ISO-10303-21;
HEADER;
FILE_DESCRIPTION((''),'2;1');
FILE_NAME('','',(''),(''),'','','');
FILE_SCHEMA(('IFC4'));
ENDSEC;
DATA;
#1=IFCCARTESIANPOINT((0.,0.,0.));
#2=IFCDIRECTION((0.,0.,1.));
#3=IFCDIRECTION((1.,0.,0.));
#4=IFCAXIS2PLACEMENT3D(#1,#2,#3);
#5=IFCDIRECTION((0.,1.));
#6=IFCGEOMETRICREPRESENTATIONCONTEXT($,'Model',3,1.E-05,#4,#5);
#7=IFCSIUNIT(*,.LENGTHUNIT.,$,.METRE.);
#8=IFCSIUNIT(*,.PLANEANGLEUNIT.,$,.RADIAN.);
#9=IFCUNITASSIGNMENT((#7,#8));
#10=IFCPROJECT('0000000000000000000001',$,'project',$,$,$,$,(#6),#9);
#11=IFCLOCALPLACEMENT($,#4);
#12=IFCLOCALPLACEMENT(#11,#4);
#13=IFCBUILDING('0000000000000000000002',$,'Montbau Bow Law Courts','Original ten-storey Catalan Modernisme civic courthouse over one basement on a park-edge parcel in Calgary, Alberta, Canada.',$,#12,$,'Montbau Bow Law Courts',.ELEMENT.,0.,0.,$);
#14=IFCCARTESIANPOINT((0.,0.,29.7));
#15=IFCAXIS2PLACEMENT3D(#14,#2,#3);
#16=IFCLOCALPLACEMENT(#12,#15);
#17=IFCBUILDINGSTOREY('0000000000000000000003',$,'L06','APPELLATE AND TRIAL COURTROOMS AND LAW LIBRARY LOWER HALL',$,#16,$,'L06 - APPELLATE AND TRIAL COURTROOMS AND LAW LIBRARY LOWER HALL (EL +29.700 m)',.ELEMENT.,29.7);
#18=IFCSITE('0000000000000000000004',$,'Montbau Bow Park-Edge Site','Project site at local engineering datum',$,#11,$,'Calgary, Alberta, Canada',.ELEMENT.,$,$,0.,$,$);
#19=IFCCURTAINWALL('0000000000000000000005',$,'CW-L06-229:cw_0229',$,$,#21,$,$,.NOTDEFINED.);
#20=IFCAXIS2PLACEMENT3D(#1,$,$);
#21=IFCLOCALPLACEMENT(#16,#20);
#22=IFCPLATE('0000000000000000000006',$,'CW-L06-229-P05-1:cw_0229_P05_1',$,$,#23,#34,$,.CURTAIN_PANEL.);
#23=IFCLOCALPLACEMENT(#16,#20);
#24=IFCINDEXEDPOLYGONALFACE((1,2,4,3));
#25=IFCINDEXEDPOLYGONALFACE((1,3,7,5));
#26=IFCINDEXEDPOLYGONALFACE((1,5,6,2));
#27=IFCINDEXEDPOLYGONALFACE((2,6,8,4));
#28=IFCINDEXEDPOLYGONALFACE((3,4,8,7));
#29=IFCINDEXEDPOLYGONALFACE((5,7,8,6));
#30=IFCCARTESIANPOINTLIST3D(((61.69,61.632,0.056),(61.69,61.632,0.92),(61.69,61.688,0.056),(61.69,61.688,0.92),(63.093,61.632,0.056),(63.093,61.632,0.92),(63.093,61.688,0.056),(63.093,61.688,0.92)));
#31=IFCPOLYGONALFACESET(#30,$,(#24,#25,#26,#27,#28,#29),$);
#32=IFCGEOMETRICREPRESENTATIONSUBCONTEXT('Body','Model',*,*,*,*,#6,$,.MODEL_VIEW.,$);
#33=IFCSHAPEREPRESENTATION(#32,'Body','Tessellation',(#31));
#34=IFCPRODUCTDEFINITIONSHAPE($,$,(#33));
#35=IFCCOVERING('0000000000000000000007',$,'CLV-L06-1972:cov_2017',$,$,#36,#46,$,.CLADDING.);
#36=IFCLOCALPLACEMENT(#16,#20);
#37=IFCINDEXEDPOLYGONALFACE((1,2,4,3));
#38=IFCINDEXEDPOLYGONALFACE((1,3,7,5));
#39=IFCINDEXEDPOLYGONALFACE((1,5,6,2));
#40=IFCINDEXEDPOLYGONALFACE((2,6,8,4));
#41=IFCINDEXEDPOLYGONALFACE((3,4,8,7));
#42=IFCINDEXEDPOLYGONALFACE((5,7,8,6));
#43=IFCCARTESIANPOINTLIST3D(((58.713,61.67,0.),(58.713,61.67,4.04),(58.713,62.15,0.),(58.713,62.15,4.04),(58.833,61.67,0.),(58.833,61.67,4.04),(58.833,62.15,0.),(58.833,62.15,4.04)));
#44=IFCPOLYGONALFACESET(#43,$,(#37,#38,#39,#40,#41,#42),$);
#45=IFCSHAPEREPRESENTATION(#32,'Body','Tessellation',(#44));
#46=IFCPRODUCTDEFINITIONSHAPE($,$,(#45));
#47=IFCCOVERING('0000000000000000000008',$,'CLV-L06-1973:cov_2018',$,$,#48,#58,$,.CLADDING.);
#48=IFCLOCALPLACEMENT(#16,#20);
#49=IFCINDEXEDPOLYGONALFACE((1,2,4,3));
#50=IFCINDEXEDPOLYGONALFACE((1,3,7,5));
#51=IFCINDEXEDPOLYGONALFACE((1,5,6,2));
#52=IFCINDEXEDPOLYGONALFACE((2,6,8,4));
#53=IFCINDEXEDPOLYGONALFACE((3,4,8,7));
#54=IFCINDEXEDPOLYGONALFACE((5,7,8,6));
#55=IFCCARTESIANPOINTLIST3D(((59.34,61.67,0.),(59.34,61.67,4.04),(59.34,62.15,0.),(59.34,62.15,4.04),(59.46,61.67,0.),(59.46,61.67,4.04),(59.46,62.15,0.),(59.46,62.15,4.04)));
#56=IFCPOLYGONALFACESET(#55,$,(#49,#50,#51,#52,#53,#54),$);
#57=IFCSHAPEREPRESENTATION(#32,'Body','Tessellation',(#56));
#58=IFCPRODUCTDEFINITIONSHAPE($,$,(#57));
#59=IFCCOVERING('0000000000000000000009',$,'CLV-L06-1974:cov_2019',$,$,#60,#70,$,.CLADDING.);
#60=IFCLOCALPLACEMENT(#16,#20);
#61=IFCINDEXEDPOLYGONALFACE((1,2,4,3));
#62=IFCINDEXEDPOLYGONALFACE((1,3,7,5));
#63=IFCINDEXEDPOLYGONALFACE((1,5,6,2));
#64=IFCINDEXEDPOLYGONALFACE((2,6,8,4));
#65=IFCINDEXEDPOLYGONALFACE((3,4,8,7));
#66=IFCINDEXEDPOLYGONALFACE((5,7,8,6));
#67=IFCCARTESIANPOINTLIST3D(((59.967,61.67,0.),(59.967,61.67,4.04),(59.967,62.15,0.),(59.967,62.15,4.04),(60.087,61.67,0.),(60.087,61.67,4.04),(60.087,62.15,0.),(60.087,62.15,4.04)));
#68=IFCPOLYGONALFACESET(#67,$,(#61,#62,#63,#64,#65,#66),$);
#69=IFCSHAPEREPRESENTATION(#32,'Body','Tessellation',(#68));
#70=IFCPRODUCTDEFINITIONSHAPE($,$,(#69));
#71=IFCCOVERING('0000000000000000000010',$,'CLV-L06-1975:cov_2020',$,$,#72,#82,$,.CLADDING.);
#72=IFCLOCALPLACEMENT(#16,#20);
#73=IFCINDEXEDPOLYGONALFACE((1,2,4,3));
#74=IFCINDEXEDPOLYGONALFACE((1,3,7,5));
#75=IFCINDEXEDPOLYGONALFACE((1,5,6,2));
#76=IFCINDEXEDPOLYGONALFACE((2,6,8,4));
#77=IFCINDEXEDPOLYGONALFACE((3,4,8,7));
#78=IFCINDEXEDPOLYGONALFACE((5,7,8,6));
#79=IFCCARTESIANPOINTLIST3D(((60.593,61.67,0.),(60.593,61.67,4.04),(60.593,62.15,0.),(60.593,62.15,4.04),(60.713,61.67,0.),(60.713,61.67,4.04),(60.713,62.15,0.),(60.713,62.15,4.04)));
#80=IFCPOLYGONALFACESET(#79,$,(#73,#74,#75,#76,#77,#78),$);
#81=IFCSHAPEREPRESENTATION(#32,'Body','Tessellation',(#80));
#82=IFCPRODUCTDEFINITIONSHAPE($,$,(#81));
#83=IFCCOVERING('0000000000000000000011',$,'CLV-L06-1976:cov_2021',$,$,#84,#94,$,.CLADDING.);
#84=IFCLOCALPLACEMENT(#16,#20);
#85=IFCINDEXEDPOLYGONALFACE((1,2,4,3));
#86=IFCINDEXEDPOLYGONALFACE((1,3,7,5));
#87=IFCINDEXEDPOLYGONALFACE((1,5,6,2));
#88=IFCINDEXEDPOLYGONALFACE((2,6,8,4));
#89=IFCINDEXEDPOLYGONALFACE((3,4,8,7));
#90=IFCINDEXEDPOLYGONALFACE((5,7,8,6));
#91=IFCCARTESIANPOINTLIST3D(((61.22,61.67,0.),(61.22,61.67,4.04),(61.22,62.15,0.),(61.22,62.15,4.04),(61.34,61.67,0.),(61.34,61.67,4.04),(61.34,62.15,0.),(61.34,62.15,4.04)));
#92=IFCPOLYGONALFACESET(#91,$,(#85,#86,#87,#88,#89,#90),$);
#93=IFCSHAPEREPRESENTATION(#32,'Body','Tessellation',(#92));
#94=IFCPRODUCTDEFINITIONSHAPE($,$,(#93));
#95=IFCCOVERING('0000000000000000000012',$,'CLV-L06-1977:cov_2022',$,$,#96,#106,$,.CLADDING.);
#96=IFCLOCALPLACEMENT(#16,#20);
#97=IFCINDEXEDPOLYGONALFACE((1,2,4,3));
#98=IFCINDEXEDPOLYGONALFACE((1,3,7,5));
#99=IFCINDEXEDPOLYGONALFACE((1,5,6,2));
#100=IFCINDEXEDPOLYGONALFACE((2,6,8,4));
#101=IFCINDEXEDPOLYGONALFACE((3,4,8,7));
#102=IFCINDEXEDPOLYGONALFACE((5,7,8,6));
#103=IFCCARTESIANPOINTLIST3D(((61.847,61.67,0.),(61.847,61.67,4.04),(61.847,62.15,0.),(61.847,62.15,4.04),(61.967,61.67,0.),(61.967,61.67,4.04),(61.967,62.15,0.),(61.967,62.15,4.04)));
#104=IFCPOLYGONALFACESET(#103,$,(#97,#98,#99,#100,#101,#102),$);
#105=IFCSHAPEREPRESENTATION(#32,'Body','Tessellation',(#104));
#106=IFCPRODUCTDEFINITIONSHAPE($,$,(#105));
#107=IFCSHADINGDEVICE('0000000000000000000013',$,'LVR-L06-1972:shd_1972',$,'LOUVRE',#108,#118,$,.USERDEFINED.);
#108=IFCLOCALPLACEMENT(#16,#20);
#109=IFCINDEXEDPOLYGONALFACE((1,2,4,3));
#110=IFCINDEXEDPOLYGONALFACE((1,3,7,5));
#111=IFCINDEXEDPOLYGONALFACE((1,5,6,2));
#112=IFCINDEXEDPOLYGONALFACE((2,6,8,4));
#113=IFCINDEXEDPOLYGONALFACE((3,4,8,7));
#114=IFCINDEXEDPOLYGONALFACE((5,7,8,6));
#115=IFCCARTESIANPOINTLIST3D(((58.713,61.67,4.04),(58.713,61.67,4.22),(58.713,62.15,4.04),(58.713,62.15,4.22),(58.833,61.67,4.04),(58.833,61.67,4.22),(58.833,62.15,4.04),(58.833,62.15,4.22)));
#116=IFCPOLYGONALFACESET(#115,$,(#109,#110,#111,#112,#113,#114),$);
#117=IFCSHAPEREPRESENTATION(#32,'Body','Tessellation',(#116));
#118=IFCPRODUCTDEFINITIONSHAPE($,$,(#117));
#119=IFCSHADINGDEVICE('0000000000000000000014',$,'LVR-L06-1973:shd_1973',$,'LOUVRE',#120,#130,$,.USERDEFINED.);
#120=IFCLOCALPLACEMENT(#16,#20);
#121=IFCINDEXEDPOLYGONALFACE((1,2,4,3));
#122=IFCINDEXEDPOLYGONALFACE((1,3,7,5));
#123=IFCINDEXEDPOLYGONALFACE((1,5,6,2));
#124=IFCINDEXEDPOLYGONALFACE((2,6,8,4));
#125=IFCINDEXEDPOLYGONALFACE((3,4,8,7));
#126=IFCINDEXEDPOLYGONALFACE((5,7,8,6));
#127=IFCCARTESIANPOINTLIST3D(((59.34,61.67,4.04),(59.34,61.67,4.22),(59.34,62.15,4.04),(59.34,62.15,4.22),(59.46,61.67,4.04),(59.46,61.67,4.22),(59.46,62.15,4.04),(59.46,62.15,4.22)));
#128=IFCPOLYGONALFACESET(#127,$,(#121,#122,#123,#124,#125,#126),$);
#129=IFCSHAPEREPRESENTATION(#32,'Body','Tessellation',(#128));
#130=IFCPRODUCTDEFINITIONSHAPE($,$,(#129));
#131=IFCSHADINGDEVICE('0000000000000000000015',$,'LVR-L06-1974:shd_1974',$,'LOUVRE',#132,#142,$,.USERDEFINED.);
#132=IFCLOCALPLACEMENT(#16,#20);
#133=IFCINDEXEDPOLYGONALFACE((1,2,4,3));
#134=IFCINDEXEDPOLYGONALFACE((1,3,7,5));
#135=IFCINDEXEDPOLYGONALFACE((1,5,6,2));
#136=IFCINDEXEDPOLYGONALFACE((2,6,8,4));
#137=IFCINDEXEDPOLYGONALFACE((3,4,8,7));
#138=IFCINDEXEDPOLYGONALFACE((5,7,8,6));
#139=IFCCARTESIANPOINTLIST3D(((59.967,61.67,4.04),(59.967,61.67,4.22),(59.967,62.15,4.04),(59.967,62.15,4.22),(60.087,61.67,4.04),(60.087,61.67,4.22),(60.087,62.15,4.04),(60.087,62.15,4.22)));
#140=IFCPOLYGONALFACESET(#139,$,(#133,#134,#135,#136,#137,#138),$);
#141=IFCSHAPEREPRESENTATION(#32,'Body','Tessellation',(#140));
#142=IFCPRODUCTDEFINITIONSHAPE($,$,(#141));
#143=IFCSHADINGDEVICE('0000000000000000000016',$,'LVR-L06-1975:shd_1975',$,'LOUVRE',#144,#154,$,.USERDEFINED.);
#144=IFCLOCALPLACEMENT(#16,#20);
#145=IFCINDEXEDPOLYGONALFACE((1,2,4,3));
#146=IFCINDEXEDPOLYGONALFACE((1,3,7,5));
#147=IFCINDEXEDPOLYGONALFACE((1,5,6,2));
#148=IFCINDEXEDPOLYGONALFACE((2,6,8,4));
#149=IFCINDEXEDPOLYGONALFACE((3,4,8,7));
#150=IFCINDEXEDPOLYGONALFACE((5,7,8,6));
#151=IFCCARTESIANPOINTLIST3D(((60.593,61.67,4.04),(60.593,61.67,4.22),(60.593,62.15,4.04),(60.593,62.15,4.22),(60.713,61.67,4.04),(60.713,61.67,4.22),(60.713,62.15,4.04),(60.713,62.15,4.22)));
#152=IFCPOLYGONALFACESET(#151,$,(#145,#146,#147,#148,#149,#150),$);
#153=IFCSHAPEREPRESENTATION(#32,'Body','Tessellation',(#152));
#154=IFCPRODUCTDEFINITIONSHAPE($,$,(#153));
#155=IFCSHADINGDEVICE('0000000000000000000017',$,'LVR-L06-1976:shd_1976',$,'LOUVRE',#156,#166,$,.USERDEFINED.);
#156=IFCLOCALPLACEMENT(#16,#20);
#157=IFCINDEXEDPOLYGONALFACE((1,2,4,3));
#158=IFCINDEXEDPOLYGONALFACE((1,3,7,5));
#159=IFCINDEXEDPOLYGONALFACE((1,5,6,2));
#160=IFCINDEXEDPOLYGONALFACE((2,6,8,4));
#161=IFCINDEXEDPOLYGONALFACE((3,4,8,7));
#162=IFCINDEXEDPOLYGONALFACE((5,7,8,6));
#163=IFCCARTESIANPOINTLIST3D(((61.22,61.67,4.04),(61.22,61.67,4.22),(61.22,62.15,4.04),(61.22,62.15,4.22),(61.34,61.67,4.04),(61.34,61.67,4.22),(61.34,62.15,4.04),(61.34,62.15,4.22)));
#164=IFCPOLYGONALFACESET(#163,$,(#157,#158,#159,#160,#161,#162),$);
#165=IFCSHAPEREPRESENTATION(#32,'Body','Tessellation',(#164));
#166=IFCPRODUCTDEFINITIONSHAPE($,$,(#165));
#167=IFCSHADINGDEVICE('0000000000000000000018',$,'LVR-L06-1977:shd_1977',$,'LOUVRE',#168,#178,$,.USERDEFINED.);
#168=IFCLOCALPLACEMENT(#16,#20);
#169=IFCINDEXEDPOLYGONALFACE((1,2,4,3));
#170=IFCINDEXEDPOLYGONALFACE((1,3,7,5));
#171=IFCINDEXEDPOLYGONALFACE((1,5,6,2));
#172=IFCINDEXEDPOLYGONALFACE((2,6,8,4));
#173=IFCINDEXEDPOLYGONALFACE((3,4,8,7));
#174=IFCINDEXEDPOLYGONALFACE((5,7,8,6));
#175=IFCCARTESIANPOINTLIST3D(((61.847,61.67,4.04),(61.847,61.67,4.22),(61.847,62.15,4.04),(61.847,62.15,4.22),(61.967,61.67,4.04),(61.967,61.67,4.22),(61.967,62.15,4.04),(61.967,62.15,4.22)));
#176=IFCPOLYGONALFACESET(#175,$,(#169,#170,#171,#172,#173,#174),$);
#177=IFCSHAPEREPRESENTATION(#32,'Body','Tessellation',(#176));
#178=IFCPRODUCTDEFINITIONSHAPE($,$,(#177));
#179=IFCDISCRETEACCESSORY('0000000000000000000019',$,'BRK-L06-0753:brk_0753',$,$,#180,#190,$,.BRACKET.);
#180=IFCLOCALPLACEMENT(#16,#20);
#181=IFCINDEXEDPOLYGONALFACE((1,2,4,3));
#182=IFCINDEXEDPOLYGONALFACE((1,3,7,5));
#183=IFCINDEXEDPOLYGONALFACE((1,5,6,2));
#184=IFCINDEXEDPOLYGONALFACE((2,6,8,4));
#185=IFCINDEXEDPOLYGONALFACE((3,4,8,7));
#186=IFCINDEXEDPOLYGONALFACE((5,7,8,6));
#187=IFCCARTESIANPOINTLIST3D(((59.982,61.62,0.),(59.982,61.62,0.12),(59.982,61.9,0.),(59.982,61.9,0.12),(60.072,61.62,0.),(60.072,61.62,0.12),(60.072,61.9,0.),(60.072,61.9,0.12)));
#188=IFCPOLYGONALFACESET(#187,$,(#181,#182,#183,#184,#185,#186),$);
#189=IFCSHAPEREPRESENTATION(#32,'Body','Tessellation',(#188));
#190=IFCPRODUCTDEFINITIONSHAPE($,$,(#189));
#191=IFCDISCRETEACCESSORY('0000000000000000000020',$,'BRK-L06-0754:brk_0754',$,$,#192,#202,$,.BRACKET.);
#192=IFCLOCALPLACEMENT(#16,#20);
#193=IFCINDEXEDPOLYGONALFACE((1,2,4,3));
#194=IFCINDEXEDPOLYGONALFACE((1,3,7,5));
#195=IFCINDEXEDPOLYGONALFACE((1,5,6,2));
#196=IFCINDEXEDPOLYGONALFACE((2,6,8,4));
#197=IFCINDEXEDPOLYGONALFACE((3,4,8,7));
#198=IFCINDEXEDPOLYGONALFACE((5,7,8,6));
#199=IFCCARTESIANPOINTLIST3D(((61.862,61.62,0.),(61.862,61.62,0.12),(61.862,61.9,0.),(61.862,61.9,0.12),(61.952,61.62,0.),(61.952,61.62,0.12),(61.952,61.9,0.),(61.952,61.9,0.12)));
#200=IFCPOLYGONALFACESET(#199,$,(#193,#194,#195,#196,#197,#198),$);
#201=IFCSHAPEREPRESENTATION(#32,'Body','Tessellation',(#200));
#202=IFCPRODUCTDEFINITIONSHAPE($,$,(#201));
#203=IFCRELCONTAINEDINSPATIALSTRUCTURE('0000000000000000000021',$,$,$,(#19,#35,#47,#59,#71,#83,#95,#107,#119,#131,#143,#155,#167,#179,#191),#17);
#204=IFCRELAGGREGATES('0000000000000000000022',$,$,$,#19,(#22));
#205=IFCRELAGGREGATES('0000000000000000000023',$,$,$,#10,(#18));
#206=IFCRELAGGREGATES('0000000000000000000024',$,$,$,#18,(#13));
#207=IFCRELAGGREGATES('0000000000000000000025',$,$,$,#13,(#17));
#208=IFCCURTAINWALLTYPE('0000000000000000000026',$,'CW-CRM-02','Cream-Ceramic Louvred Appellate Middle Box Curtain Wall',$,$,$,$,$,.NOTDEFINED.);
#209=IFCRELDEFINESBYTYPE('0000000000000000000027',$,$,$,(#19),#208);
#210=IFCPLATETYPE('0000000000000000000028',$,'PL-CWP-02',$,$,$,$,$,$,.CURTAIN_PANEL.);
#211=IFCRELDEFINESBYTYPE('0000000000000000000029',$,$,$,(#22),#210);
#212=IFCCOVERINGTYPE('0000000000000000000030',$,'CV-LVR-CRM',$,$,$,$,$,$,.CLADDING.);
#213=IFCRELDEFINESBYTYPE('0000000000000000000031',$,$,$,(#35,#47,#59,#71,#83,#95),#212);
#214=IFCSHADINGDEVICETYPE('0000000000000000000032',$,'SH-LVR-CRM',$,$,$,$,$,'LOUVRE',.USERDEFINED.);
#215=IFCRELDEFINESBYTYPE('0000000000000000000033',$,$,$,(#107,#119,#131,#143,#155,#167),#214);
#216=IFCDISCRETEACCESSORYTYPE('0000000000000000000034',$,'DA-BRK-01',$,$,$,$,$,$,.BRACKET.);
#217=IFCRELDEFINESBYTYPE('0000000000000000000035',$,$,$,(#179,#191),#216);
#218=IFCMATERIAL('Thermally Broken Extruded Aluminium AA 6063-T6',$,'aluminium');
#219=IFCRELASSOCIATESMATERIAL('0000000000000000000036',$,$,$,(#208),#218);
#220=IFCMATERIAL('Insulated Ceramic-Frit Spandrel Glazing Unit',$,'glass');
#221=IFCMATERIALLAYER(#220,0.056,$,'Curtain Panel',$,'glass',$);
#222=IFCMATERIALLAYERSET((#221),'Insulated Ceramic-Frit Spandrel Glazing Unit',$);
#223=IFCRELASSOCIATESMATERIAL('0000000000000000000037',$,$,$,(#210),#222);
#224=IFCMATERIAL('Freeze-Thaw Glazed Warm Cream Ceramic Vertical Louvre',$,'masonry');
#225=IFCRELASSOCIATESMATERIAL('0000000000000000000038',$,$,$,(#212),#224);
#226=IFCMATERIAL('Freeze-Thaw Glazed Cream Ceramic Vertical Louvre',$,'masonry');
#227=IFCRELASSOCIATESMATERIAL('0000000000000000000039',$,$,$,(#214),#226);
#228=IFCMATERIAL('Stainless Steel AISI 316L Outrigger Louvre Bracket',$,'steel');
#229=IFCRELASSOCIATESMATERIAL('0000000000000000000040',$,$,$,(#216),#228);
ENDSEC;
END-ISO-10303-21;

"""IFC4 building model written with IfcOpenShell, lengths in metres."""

from ifc_helpers import new_model, si_unit, direction, frame, frame_2d, origin_with_axes, origin_2d_with_axis, place, context, subcontext, project, spatial, rectangle, extrude, material, layer, layer_set, type_object, element, aggregate, save


model = new_model("IFC4")

# Units and contexts
model_context = context("Model", 3, precision=1e-05, world=origin_with_axes(), true_north=direction((0.0, 1.0)))
body_context = subcontext(model_context, "Body", "Model", "MODEL_VIEW")
ifc_project = project(units=[si_unit("LENGTHUNIT", "METRE"), si_unit("PLANEANGLEUNIT", "RADIAN")], contexts=[model_context])

# Site, building, storey
site_placement = place(None, origin_with_axes())
site = spatial("IfcSite", under=ifc_project, at=site_placement, Name="Montbau Bow Park-Edge Site", Description="Project site at local engineering datum", LongName="Calgary, Alberta, Canada", CompositionType="ELEMENT", RefElevation=0.0)
building_placement = place(site_placement, origin_with_axes())
building = spatial("IfcBuilding", under=site, at=building_placement, Name="Montbau Bow Law Courts", Description="Original ten-storey Catalan Modernisme civic courthouse over one basement on a park-edge parcel in Calgary, Alberta, Canada.", LongName="Montbau Bow Law Courts", CompositionType="ELEMENT", ElevationOfRefHeight=0.0, ElevationOfTerrain=0.0)
storey_placement = place(building_placement, frame((0.0, 0.0, 29.7), z_axis=(0.0, 0.0, 1.0), x_axis=(1.0, 0.0, 0.0)))
storey = spatial("IfcBuildingStorey", under=building, at=storey_placement, Name="L06", Description="APPELLATE AND TRIAL COURTROOMS AND LAW LIBRARY LOWER HALL", LongName="L06 - APPELLATE AND TRIAL COURTROOMS AND LAW LIBRARY LOWER HALL (EL +29.700 m)", CompositionType="ELEMENT", Elevation=29.7)

# Curtain wall, plate
ifc_material_1 = material(Name="Thermally Broken Extruded Aluminium AA 6063-T6", Category="aluminium")
curtain_wall_type = type_object("IfcCurtainWallType", Name="CW-CRM-02", Description="Cream-Ceramic Louvred Appellate Middle Box Curtain Wall", PredefinedType="NOTDEFINED", material=ifc_material_1)
curtain_wall_placement = place(None, frame((55.64, 61.66, 29.7), z_axis=(0.0, 0.0, 1.0), x_axis=(1.0, 0.0, 0.0)))
curtain_wall = element("IfcCurtainWall", 1, at=curtain_wall_placement, inside=storey, type_object=curtain_wall_type, Name="CW-L06-229:cw_0229", PredefinedType="NOTDEFINED")
ifc_material_2 = material(Name="Insulated Ceramic-Frit Spandrel Glazing Unit", Category="glass")
ifc_layer_1 = layer(ifc_material_2, 0.056, Name="Curtain Panel", Category="glass")
ifc_layer_set_1 = layer_set([ifc_layer_1], Name="Insulated Ceramic-Frit Spandrel Glazing Unit")
plate_type_1 = type_object("IfcPlateType", Name="PL-CWP-02", PredefinedType="CURTAIN_PANEL", material=ifc_layer_set_1)
plate_1_placement = place(None, frame((61.69, 61.66, 29.756), z_axis=(0.0, -1.0, 0.0), x_axis=(1.0, 0.0, 0.0)))
plate_1 = element("IfcPlate", 2, at=plate_1_placement, type_object=plate_type_1, Name="CW-L06-229-P05-1:cw_0229_P05_1", PredefinedType="CURTAIN_PANEL", context=body_context, shape_type="SweptSolid", body=[
    extrude(rectangle(XDim=1.403, YDim=0.864, at=frame_2d((0.7015, 0.432), x_axis=(1.0, 0.0))), frame((0.0, 0.0, -0.028), z_axis=(0.0, 0.0, 1.0), x_axis=(1.0, 0.0, 0.0)), (0.0, 0.0, 1.0), 0.056),
])
aggregate(curtain_wall, [plate_1])

# Coverings
ifc_material_3 = material(Name="Freeze-Thaw Glazed Warm Cream Ceramic Vertical Louvre", Category="masonry")
covering_type = type_object("IfcCoveringType", Name="CV-LVR-CRM", PredefinedType="CLADDING", material=ifc_material_3)
for number, where, z_axis, x_axis, name in (
    (3, (58.773, 61.67, 29.7), (1.0, 0.0, 0.0), (0.0, 1.0, 0.0), "CLV-L06-1972:cov_2017"),
    (4, (59.4, 61.67, 29.7), (1.0, 0.0, 0.0), (0.0, 1.0, 0.0), "CLV-L06-1973:cov_2018"),
    (5, (60.027, 61.67, 29.7), (1.0, 0.0, 0.0), (0.0, 1.0, 0.0), "CLV-L06-1974:cov_2019"),
    (6, (60.653, 61.67, 29.7), (1.0, 0.0, 0.0), (0.0, 1.0, 0.0), "CLV-L06-1975:cov_2020"),
    (7, (61.28, 61.67, 29.7), (1.0, 0.0, 0.0), (0.0, 1.0, 0.0), "CLV-L06-1976:cov_2021"),
    (8, (61.907, 61.67, 29.7), (1.0, 0.0, 0.0), (0.0, 1.0, 0.0), "CLV-L06-1977:cov_2022"),
):
    element("IfcCovering", number, at=place(None, frame(where, z_axis=z_axis, x_axis=x_axis)), inside=storey, type_object=covering_type, Name=name, PredefinedType="CLADDING", context=body_context, shape_type="SweptSolid", body=[
        extrude(rectangle(XDim=0.48, YDim=4.04, at=frame_2d((0.24, 2.02), x_axis=(1.0, 0.0))), frame((0.0, 0.0, -0.06), z_axis=(0.0, 0.0, 1.0), x_axis=(1.0, 0.0, 0.0)), (0.0, 0.0, 1.0), 0.12),
    ])

# Shading devices
ifc_material_4 = material(Name="Freeze-Thaw Glazed Cream Ceramic Vertical Louvre", Category="masonry")
shading_device_type = type_object("IfcShadingDeviceType", Name="SH-LVR-CRM", ElementType="LOUVRE", PredefinedType="USERDEFINED", material=ifc_material_4)
for number, where, z_axis, x_axis, name in (
    (9, (58.773, 61.91, 33.74), (0.0, 0.0, 1.0), (0.0, 1.0, 0.0), "LVR-L06-1972:shd_1972"),
    (10, (59.4, 61.91, 33.74), (0.0, 0.0, 1.0), (0.0, 1.0, 0.0), "LVR-L06-1973:shd_1973"),
    (11, (60.027, 61.91, 33.74), (0.0, 0.0, 1.0), (0.0, 1.0, 0.0), "LVR-L06-1974:shd_1974"),
    (12, (60.653, 61.91, 33.74), (0.0, 0.0, 1.0), (0.0, 1.0, 0.0), "LVR-L06-1975:shd_1975"),
    (13, (61.28, 61.91, 33.74), (0.0, 0.0, 1.0), (0.0, 1.0, 0.0), "LVR-L06-1976:shd_1976"),
    (14, (61.907, 61.91, 33.74), (0.0, 0.0, 1.0), (0.0, 1.0, 0.0), "LVR-L06-1977:shd_1977"),
):
    element("IfcShadingDevice", number, at=place(None, frame(where, z_axis=z_axis, x_axis=x_axis)), inside=storey, type_object=shading_device_type, Name=name, ObjectType="LOUVRE", PredefinedType="USERDEFINED", context=body_context, shape_type="SweptSolid", body=[
        extrude(rectangle(XDim=0.48, YDim=0.12, at=origin_2d_with_axis()), origin_with_axes(), (0.0, 0.0, 1.0), 0.18),
    ])

# Discrete accessories
ifc_material_5 = material(Name="Stainless Steel AISI 316L Outrigger Louvre Bracket", Category="steel")
discrete_accessory_type = type_object("IfcDiscreteAccessoryType", Name="DA-BRK-01", PredefinedType="BRACKET", material=ifc_material_5)
for number, where, z_axis, x_axis, name in (
    (15, (60.027, 61.76, 29.7), (0.0, 0.0, 1.0), (0.0, 1.0, 0.0), "BRK-L06-0753:brk_0753"),
    (16, (61.907, 61.76, 29.7), (0.0, 0.0, 1.0), (0.0, 1.0, 0.0), "BRK-L06-0754:brk_0754"),
):
    element("IfcDiscreteAccessory", number, at=place(None, frame(where, z_axis=z_axis, x_axis=x_axis)), inside=storey, type_object=discrete_accessory_type, Name=name, PredefinedType="BRACKET", context=body_context, shape_type="SweptSolid", body=[
        extrude(rectangle(XDim=0.28, YDim=0.09, at=origin_2d_with_axis()), origin_with_axes(), (0.0, 0.0, 1.0), 0.12),
    ])

save(model, "model.ifc")
